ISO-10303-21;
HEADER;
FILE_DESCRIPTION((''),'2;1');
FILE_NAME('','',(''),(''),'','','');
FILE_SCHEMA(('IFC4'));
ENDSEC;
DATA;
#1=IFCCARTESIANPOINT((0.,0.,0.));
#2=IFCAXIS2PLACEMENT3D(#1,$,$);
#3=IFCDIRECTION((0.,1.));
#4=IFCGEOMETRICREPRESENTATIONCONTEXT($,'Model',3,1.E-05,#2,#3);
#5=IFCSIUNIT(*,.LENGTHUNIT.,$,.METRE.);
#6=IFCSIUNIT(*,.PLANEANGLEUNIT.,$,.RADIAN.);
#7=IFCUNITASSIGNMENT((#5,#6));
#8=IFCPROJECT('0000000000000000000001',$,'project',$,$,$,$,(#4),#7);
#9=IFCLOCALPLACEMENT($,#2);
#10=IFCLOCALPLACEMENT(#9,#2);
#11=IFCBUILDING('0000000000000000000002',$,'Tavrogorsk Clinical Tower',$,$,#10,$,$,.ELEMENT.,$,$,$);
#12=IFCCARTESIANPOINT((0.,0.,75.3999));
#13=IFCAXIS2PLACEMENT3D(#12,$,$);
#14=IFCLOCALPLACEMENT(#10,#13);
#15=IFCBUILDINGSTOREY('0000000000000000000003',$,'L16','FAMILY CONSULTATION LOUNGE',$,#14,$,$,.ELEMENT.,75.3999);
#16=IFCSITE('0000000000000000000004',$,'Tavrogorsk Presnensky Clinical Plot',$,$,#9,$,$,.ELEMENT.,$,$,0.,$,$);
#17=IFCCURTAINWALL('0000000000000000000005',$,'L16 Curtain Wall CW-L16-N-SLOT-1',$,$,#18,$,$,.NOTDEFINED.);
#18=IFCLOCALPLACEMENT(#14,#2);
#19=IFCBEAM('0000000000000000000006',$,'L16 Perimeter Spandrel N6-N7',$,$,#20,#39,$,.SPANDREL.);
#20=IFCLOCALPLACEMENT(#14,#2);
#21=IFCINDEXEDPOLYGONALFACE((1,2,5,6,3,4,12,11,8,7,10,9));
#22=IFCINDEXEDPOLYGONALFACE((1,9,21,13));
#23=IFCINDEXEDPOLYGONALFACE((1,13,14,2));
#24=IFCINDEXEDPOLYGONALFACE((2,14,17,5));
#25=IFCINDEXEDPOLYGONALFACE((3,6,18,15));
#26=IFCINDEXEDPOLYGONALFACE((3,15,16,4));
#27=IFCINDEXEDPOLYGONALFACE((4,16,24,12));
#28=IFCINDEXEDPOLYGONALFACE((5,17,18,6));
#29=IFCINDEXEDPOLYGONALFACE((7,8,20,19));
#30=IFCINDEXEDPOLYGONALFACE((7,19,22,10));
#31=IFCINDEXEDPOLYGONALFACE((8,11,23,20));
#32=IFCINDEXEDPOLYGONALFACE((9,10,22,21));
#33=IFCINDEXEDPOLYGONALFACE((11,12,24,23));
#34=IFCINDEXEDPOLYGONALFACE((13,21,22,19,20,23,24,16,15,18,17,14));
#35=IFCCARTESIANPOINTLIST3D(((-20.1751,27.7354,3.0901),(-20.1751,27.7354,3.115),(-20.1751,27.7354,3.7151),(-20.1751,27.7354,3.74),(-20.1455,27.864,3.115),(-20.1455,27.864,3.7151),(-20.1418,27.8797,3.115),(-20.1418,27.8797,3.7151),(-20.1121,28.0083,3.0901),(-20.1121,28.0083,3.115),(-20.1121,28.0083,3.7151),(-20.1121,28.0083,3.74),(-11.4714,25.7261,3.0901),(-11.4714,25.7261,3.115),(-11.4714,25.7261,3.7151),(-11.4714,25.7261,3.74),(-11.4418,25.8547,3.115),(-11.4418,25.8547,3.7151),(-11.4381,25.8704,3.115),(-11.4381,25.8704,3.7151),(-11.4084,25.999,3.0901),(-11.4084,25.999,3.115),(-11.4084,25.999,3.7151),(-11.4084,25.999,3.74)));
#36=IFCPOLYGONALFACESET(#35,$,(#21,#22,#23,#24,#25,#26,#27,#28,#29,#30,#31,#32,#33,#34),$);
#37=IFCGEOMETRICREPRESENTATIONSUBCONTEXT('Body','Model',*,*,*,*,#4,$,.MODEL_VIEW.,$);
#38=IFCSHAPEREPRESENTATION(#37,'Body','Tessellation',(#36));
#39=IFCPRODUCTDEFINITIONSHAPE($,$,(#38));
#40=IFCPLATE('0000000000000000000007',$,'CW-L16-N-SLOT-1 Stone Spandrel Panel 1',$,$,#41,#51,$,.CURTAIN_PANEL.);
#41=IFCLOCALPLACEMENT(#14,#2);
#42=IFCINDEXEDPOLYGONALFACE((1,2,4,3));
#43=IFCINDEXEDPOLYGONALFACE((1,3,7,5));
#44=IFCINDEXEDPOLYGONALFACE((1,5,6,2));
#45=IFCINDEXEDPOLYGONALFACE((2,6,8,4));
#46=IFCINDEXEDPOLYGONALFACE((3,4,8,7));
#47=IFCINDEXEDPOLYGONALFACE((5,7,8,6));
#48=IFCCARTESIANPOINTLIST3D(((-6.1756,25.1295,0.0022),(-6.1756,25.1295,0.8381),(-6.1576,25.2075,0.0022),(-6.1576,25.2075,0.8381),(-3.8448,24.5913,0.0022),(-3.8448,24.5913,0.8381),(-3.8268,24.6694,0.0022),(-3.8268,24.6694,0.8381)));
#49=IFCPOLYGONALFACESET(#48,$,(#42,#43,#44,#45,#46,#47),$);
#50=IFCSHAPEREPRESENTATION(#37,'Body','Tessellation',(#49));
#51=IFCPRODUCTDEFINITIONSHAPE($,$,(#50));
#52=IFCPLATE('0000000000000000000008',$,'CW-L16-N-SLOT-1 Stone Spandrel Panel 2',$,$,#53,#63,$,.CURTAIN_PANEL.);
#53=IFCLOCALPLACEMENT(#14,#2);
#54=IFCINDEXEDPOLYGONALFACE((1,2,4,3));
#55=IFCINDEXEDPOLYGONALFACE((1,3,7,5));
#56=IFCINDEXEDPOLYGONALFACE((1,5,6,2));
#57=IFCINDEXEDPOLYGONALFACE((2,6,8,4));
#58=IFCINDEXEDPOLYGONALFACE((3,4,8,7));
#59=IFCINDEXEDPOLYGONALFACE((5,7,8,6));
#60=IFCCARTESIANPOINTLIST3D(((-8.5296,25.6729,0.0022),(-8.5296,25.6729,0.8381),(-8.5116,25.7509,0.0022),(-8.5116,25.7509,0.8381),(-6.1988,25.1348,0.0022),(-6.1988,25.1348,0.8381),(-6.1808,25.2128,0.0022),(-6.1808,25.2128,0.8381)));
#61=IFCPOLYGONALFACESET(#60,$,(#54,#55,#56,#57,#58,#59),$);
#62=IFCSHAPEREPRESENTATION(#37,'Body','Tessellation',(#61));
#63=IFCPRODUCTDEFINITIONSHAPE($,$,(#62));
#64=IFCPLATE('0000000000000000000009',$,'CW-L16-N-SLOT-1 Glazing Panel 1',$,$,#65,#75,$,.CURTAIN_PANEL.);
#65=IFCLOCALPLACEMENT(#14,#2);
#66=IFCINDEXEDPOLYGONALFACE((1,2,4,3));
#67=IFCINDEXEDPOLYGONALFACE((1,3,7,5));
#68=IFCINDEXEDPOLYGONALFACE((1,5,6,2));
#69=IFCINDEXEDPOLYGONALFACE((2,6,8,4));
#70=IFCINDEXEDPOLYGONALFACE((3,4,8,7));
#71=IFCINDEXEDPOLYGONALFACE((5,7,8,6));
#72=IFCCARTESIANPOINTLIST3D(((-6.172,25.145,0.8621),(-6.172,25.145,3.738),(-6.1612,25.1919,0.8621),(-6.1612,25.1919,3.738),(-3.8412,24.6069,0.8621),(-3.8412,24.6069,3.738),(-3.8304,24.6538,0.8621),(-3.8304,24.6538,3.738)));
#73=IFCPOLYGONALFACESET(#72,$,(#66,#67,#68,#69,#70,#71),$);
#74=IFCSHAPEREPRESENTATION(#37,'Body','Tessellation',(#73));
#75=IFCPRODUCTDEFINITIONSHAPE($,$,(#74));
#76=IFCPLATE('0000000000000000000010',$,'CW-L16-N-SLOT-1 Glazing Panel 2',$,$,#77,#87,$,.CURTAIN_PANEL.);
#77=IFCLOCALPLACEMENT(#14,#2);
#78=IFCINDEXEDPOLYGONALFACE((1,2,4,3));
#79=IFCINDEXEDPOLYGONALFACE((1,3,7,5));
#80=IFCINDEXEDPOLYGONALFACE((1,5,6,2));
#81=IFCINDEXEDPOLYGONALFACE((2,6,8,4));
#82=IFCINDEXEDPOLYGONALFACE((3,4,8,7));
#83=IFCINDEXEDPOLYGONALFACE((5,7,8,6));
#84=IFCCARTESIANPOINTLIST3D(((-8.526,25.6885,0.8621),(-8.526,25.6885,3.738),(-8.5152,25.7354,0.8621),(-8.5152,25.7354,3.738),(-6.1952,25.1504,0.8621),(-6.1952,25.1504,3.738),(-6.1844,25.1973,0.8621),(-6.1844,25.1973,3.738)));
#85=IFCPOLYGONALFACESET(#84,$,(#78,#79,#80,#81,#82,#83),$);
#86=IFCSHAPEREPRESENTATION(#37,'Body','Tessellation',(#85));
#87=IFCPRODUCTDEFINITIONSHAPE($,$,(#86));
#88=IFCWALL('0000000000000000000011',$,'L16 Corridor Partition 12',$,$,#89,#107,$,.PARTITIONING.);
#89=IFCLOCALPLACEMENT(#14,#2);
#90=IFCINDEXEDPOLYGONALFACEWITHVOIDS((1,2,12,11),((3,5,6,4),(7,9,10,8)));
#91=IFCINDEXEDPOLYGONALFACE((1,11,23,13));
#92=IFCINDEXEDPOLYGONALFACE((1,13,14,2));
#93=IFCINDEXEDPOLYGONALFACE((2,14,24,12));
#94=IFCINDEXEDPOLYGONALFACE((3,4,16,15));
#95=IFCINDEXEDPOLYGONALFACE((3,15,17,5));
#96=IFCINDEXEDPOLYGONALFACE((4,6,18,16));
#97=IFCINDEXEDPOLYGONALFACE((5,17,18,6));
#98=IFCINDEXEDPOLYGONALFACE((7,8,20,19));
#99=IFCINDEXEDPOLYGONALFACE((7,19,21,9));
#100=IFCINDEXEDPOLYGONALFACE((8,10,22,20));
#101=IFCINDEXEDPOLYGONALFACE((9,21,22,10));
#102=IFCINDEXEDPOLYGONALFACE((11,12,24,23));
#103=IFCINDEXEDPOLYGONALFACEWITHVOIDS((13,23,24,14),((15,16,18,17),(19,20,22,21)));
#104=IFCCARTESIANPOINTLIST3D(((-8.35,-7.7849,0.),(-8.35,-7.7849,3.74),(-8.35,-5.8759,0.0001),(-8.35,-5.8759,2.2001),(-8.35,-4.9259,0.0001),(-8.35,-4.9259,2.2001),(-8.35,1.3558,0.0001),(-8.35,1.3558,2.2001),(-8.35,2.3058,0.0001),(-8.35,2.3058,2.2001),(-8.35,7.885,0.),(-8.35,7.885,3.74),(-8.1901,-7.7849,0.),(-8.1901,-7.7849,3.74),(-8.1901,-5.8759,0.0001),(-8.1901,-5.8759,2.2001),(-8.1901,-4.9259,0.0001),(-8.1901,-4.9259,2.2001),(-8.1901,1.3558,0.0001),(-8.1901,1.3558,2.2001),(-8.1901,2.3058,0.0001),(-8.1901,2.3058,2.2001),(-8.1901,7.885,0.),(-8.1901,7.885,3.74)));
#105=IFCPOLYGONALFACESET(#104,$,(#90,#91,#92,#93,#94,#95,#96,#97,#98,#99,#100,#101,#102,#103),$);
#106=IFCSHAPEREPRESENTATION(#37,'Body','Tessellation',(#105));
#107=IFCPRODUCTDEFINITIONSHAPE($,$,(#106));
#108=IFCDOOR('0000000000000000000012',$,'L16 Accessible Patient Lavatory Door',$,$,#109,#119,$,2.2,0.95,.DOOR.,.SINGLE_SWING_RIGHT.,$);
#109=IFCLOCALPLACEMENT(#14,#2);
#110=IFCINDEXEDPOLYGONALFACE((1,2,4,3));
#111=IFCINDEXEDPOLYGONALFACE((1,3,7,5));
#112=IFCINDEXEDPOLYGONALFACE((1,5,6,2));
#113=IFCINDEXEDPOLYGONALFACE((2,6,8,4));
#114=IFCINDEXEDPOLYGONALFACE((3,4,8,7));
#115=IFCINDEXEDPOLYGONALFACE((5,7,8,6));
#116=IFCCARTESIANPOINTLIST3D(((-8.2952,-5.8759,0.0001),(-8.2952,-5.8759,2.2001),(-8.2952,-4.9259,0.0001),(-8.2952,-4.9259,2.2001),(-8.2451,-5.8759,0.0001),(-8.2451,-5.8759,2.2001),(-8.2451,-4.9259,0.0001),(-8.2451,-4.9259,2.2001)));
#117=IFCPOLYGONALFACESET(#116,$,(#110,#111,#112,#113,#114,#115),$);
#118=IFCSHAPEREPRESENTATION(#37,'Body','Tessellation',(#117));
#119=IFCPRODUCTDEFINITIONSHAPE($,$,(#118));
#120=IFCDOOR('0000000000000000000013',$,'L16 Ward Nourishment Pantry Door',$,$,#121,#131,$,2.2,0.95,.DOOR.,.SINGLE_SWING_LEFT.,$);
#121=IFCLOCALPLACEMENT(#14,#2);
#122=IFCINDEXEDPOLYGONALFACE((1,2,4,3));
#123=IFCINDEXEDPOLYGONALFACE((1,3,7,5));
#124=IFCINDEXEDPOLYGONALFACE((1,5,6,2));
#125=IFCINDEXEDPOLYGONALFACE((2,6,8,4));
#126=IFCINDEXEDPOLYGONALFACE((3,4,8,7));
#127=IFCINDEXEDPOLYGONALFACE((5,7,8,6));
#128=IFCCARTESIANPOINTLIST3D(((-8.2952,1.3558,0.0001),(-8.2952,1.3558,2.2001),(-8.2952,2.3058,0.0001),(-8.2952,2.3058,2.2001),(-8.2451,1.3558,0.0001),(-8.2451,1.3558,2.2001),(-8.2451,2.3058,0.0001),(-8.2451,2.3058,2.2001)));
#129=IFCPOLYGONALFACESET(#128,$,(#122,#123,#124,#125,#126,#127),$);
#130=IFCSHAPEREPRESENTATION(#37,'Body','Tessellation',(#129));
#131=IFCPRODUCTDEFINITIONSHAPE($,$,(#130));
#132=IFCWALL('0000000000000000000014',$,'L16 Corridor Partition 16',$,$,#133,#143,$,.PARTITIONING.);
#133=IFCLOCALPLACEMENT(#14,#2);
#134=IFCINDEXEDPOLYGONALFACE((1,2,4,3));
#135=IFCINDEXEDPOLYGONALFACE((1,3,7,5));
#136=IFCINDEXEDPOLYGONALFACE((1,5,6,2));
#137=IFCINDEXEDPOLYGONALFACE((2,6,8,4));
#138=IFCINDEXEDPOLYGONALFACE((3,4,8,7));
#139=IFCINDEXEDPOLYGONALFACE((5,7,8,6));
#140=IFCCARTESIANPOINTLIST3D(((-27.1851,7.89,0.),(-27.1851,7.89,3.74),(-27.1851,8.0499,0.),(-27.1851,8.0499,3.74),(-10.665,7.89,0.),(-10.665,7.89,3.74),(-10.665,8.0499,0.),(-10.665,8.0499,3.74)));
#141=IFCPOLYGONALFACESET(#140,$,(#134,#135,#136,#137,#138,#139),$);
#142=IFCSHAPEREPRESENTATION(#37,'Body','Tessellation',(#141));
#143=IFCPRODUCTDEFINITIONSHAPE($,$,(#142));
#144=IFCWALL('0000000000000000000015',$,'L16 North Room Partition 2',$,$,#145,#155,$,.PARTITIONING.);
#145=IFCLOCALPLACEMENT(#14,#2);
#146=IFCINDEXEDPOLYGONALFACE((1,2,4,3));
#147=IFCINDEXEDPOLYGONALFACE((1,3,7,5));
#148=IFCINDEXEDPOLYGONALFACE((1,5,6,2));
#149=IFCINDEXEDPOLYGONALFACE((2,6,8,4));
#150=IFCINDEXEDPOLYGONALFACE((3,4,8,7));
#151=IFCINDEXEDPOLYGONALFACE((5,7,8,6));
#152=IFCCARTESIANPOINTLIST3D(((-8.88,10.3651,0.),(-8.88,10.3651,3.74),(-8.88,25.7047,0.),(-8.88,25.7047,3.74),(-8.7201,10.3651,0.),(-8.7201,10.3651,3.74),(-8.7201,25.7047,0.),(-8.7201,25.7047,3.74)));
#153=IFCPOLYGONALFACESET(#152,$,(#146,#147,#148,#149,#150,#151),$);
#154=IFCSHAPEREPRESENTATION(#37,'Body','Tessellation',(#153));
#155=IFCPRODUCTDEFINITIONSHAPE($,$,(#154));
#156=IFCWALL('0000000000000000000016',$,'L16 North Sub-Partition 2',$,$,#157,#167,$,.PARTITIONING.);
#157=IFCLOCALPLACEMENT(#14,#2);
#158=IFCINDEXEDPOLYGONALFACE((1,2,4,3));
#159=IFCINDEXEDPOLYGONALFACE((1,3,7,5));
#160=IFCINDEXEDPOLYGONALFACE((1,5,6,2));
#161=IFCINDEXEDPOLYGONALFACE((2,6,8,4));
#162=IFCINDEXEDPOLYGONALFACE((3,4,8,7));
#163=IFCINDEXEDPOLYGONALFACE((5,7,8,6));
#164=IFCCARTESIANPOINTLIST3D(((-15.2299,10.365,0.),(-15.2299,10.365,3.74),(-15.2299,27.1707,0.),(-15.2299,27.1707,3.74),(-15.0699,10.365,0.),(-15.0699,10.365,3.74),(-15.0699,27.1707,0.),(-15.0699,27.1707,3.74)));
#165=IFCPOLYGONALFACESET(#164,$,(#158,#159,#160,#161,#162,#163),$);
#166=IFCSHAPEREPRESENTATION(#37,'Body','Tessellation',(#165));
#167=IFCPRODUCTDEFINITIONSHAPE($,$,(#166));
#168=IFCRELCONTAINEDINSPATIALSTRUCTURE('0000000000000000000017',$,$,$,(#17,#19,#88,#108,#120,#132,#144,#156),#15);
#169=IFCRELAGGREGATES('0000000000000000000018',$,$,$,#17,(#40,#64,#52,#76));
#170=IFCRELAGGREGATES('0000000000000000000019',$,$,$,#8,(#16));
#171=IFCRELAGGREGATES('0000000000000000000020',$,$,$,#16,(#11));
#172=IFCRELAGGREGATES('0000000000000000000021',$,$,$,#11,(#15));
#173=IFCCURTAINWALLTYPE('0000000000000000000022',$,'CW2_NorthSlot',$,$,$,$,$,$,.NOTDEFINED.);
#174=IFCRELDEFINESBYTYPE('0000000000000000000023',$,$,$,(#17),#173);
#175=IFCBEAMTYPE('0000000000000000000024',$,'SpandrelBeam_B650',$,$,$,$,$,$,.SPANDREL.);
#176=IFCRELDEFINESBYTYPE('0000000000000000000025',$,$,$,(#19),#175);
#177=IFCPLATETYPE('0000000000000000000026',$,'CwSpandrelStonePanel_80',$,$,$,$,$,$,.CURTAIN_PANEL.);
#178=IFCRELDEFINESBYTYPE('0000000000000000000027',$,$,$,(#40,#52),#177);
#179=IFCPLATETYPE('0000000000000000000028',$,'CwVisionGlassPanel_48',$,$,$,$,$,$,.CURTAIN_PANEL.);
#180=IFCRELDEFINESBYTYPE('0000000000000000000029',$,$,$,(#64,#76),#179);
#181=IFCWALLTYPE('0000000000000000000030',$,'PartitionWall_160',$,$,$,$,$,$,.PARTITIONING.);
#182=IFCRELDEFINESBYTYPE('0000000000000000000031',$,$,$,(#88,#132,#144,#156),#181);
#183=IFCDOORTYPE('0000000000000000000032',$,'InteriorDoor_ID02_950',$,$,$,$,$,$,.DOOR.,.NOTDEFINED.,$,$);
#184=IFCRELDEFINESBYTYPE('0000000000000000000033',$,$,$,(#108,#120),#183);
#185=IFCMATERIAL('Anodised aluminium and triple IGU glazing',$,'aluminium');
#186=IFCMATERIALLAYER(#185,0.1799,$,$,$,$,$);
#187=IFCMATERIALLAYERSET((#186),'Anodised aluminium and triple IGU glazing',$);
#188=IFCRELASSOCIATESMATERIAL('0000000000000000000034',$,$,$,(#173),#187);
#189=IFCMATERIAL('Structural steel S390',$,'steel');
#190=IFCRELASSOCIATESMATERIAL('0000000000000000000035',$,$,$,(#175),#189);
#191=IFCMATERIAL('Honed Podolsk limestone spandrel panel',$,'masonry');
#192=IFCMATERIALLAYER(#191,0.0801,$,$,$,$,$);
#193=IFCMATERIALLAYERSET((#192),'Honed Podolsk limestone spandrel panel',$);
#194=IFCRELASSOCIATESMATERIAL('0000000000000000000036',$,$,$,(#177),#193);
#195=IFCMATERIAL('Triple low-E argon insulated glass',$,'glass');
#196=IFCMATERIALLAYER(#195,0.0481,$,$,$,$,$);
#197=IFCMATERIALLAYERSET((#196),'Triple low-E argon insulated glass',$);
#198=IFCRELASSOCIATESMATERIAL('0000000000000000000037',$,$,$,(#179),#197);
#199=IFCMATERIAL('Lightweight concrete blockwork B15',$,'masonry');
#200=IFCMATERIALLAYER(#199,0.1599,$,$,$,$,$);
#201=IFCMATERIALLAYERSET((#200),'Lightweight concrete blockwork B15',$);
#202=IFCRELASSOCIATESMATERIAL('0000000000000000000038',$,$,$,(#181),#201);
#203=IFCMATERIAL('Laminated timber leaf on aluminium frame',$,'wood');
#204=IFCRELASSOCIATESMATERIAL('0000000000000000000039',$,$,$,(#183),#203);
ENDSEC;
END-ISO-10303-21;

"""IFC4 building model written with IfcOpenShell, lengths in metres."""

from ifc_helpers import new_model, si_unit, direction, frame, frame_2d, origin, origin_2d, place, context, subcontext, project, spatial, rectangle, i_section, extrude, material, layer, layer_set, material_profile, profile_set, type_object, element, fill, aggregate, save


model = new_model("IFC4")

# Units and contexts
model_context = context("Model", 3, precision=1e-05, world=origin(), true_north=direction((0.0, 1.0)))
body_context = subcontext(model_context, "Body", "Model", "MODEL_VIEW")
ifc_project = project(units=[si_unit("LENGTHUNIT", "METRE"), si_unit("PLANEANGLEUNIT", "RADIAN")], contexts=[model_context])

# Site, building, storey
site_placement = place(None, origin())
site = spatial("IfcSite", under=ifc_project, at=site_placement, Name="Tavrogorsk Presnensky Clinical Plot", CompositionType="ELEMENT", RefElevation=0.0)
building_placement = place(site_placement, origin())
building = spatial("IfcBuilding", under=site, at=building_placement, Name="Tavrogorsk Clinical Tower", CompositionType="ELEMENT")
storey_placement = place(building_placement, frame((0.0, 0.0, 75.3999)))
storey = spatial("IfcBuildingStorey", under=building, at=storey_placement, Name="L16", Description="FAMILY CONSULTATION LOUNGE", CompositionType="ELEMENT", Elevation=75.3999)

# Curtain wall
ifc_material_1 = material(Name="Anodised aluminium and triple IGU glazing", Category="aluminium")
ifc_layer_1 = layer(ifc_material_1, 0.1799)
ifc_layer_set_1 = layer_set([ifc_layer_1], Name="Anodised aluminium and triple IGU glazing")
curtain_wall_type = type_object("IfcCurtainWallType", Name="CW2_NorthSlot", PredefinedType="NOTDEFINED", material=ifc_layer_set_1)
curtain_wall_placement = place(storey_placement, origin())
curtain_wall = element("IfcCurtainWall", 1, at=curtain_wall_placement, inside=storey, type_object=curtain_wall_type, Name="L16 Curtain Wall CW-L16-N-SLOT-1", PredefinedType="NOTDEFINED")

# Beam
ifc_material_2 = material(Name="Structural steel S390", Category="steel")
ifc_material_profile_1 = material_profile(ifc_material_2, i_section(OverallWidth=0.28, OverallDepth=0.6499, WebThickness=0.0161, FlangeThickness=0.0249, at=origin_2d()), Name="B-650x280x16x25")
ifc_profile_set_1 = profile_set([ifc_material_profile_1], Name="Structural steel S390")
beam_type_1 = type_object("IfcBeamType", Name="SpandrelBeam_B650", PredefinedType="SPANDREL", material=ifc_profile_set_1)
for number, where, z_axis, x_axis, name in (
    (2, (-11.4399, 25.8625, 3.415), (-0.974373, 0.224939, 0.0), (-0.224939, -0.974373, 0.0), "L16 Perimeter Spandrel N6-N7"),
):
    element("IfcBeam", number, at=place(storey_placement, frame(where, z_axis=z_axis, x_axis=x_axis)), inside=storey, type_object=beam_type_1, Name=name, PredefinedType="SPANDREL", context=body_context, shape_type="SweptSolid", body=[
        extrude(i_section(OverallWidth=0.28, OverallDepth=0.6499, WebThickness=0.0161, FlangeThickness=0.0249, at=origin_2d()), origin(), (0.0, 0.0, 1.0), 8.9326),
    ])

# Plates
ifc_material_3 = material(Name="Honed Podolsk limestone spandrel panel", Category="masonry")
ifc_layer_2 = layer(ifc_material_3, 0.0801)
ifc_layer_set_2 = layer_set([ifc_layer_2], Name="Honed Podolsk limestone spandrel panel")
plate_type_1 = type_object("IfcPlateType", Name="CwSpandrelStonePanel_80", PredefinedType="CURTAIN_PANEL", material=ifc_layer_set_2)
plate_1_placement = place(storey_placement, frame((-5.0012, 24.8994, 0.0022), z_axis=(0.0, 0.0, 1.0), x_axis=(-0.97437, 0.224951, 0.0)))
plate_1 = element("IfcPlate", 3, at=plate_1_placement, type_object=plate_type_1, Name="CW-L16-N-SLOT-1 Stone Spandrel Panel 1", PredefinedType="CURTAIN_PANEL", context=body_context, shape_type="SweptSolid", body=[
    extrude(rectangle(XDim=2.3921, YDim=0.0801, at=origin_2d()), origin(), (0.0, 0.0, 1.0), 0.8359),
])
plate_2_placement = place(storey_placement, frame((-7.3552, 25.4429, 0.0022), z_axis=(0.0, 0.0, 1.0), x_axis=(-0.97437, 0.224951, 0.0)))
plate_2 = element("IfcPlate", 4, at=plate_2_placement, type_object=plate_type_1, Name="CW-L16-N-SLOT-1 Stone Spandrel Panel 2", PredefinedType="CURTAIN_PANEL", context=body_context, shape_type="SweptSolid", body=[
    extrude(rectangle(XDim=2.3921, YDim=0.0801, at=origin_2d()), origin(), (0.0, 0.0, 1.0), 0.8359),
])
ifc_material_4 = material(Name="Triple low-E argon insulated glass", Category="glass")
ifc_layer_3 = layer(ifc_material_4, 0.0481)
ifc_layer_set_3 = layer_set([ifc_layer_3], Name="Triple low-E argon insulated glass")
plate_type_2 = type_object("IfcPlateType", Name="CwVisionGlassPanel_48", PredefinedType="CURTAIN_PANEL", material=ifc_layer_set_3)
plate_3_placement = place(storey_placement, frame((-5.0012, 24.8994, 0.8621), z_axis=(0.0, 0.0, 1.0), x_axis=(-0.97437, 0.224951, 0.0)))
plate_3 = element("IfcPlate", 5, at=plate_3_placement, type_object=plate_type_2, Name="CW-L16-N-SLOT-1 Glazing Panel 1", PredefinedType="CURTAIN_PANEL", context=body_context, shape_type="SweptSolid", body=[
    extrude(rectangle(XDim=2.3921, YDim=0.0481, at=origin_2d()), origin(), (0.0, 0.0, 1.0), 2.876),
])
plate_4_placement = place(storey_placement, frame((-7.3552, 25.4429, 0.8621), z_axis=(0.0, 0.0, 1.0), x_axis=(-0.97437, 0.224951, 0.0)))
plate_4 = element("IfcPlate", 6, at=plate_4_placement, type_object=plate_type_2, Name="CW-L16-N-SLOT-1 Glazing Panel 2", PredefinedType="CURTAIN_PANEL", context=body_context, shape_type="SweptSolid", body=[
    extrude(rectangle(XDim=2.3921, YDim=0.0481, at=origin_2d()), origin(), (0.0, 0.0, 1.0), 2.876),
])
aggregate(curtain_wall, [plate_1, plate_3, plate_2, plate_4])

# Wall, openings, doors
ifc_material_5 = material(Name="Lightweight concrete blockwork B15", Category="masonry")
ifc_layer_4 = layer(ifc_material_5, 0.1599)
ifc_layer_set_4 = layer_set([ifc_layer_4], Name="Lightweight concrete blockwork B15")
wall_type_1 = type_object("IfcWallType", Name="PartitionWall_160", PredefinedType="PARTITIONING", material=ifc_layer_set_4)
wall_1_placement = place(storey_placement, frame((-8.27, 7.885, 0.0), z_axis=(0.0, 0.0, 1.0), x_axis=(0.0, -1.0, 0.0)))
wall_1 = element("IfcWall", 7, at=wall_1_placement, inside=storey, type_object=wall_type_1, Name="L16 Corridor Partition 12", PredefinedType="PARTITIONING", context=body_context, shape_type="SweptSolid", body=[
    extrude(rectangle(XDim=15.6699, YDim=0.1599, at=frame_2d((7.835, 0.0))), origin(), (0.0, 0.0, 1.0), 3.74),
])
opening_1_placement = place(wall_1_placement, frame((12.8108, 0.0, 0.0)))
opening_1 = element("IfcOpeningElement", 8, at=opening_1_placement, cuts=wall_1, PredefinedType="OPENING", context=body_context, shape_type="SweptSolid", body=[
    extrude(rectangle(XDim=0.95, YDim=2.2, at=frame_2d((0.4751, 1.1001))), frame((0.0, 0.0898, 0.0), z_axis=(0.0, -1.0, 0.0), x_axis=(1.0, 0.0, 0.0)), (0.0, 0.0, 1.0), 0.1799),
])
opening_2_placement = place(wall_1_placement, frame((5.5791, 0.0, 0.0)))
opening_2 = element("IfcOpeningElement", 9, at=opening_2_placement, cuts=wall_1, PredefinedType="OPENING", context=body_context, shape_type="SweptSolid", body=[
    extrude(rectangle(XDim=0.95, YDim=2.2, at=frame_2d((0.4751, 1.1001))), frame((0.0, 0.0898, 0.0), z_axis=(0.0, -1.0, 0.0), x_axis=(1.0, 0.0, 0.0)), (0.0, 0.0, 1.0), 0.1799),
])
ifc_material_6 = material(Name="Laminated timber leaf on aluminium frame", Category="wood")
door_type = type_object("IfcDoorType", Name="InteriorDoor_ID02_950", OperationType="NOTDEFINED", PredefinedType="DOOR", material=ifc_material_6)
door_1_placement = place(opening_1_placement, origin())
door_1 = element("IfcDoor", 10, at=door_1_placement, inside=storey, type_object=door_type, Name="L16 Accessible Patient Lavatory Door", OperationType="SINGLE_SWING_RIGHT", OverallHeight=2.2, OverallWidth=0.95, PredefinedType="DOOR", context=body_context, shape_type="SweptSolid", body=[
    extrude(rectangle(XDim=0.95, YDim=2.2, at=frame_2d((0.4751, 1.1001))), frame((0.0, 0.0249, 0.0), z_axis=(0.0, -1.0, 0.0), x_axis=(1.0, 0.0, 0.0)), (0.0, 0.0, 1.0), 0.05),
])
fill(opening_1, door_1)
door_2_placement = place(opening_2_placement, origin())
door_2 = element("IfcDoor", 11, at=door_2_placement, inside=storey, type_object=door_type, Name="L16 Ward Nourishment Pantry Door", OperationType="SINGLE_SWING_LEFT", OverallHeight=2.2, OverallWidth=0.95, PredefinedType="DOOR", context=body_context, shape_type="SweptSolid", body=[
    extrude(rectangle(XDim=0.95, YDim=2.2, at=frame_2d((0.4751, 1.1001))), frame((0.0, 0.0249, 0.0), z_axis=(0.0, -1.0, 0.0), x_axis=(1.0, 0.0, 0.0)), (0.0, 0.0, 1.0), 0.05),
])
fill(opening_2, door_2)

# Walls
wall_2_placement = place(storey_placement, frame((-10.665, 7.97, 0.0), z_axis=(0.0, 0.0, 1.0), x_axis=(-1.0, 0.0, 0.0)))
element("IfcWall", 12, at=wall_2_placement, inside=storey, type_object=wall_type_1, Name="L16 Corridor Partition 16", PredefinedType="PARTITIONING", context=body_context, shape_type="SweptSolid", body=[
    extrude(rectangle(XDim=16.52, YDim=0.1599, at=frame_2d((8.26, 0.0))), origin(), (0.0, 0.0, 1.0), 3.74),
])
wall_3_placement = place(storey_placement, frame((-8.8, 10.365, 0.0), z_axis=(0.0, 0.0, 1.0), x_axis=(0.0, 1.0, 0.0)))
element("IfcWall", 13, at=wall_3_placement, inside=storey, type_object=wall_type_1, Name="L16 North Room Partition 2", PredefinedType="PARTITIONING", context=body_context, shape_type="SweptSolid", body=[
    extrude(rectangle(XDim=15.3396, YDim=0.1599, at=frame_2d((7.6699, 0.0))), origin(), (0.0, 0.0, 1.0), 3.74),
])
wall_4_placement = place(storey_placement, frame((-15.1499, 10.365, 0.0), z_axis=(0.0, 0.0, 1.0), x_axis=(0.0, 1.0, 0.0)))
element("IfcWall", 14, at=wall_4_placement, inside=storey, type_object=wall_type_1, Name="L16 North Sub-Partition 2", PredefinedType="PARTITIONING", context=body_context, shape_type="SweptSolid", body=[
    extrude(rectangle(XDim=16.8057, YDim=0.1599, at=frame_2d((8.4028, 0.0))), origin(), (0.0, 0.0, 1.0), 3.74),
])

save(model, "model.ifc")
